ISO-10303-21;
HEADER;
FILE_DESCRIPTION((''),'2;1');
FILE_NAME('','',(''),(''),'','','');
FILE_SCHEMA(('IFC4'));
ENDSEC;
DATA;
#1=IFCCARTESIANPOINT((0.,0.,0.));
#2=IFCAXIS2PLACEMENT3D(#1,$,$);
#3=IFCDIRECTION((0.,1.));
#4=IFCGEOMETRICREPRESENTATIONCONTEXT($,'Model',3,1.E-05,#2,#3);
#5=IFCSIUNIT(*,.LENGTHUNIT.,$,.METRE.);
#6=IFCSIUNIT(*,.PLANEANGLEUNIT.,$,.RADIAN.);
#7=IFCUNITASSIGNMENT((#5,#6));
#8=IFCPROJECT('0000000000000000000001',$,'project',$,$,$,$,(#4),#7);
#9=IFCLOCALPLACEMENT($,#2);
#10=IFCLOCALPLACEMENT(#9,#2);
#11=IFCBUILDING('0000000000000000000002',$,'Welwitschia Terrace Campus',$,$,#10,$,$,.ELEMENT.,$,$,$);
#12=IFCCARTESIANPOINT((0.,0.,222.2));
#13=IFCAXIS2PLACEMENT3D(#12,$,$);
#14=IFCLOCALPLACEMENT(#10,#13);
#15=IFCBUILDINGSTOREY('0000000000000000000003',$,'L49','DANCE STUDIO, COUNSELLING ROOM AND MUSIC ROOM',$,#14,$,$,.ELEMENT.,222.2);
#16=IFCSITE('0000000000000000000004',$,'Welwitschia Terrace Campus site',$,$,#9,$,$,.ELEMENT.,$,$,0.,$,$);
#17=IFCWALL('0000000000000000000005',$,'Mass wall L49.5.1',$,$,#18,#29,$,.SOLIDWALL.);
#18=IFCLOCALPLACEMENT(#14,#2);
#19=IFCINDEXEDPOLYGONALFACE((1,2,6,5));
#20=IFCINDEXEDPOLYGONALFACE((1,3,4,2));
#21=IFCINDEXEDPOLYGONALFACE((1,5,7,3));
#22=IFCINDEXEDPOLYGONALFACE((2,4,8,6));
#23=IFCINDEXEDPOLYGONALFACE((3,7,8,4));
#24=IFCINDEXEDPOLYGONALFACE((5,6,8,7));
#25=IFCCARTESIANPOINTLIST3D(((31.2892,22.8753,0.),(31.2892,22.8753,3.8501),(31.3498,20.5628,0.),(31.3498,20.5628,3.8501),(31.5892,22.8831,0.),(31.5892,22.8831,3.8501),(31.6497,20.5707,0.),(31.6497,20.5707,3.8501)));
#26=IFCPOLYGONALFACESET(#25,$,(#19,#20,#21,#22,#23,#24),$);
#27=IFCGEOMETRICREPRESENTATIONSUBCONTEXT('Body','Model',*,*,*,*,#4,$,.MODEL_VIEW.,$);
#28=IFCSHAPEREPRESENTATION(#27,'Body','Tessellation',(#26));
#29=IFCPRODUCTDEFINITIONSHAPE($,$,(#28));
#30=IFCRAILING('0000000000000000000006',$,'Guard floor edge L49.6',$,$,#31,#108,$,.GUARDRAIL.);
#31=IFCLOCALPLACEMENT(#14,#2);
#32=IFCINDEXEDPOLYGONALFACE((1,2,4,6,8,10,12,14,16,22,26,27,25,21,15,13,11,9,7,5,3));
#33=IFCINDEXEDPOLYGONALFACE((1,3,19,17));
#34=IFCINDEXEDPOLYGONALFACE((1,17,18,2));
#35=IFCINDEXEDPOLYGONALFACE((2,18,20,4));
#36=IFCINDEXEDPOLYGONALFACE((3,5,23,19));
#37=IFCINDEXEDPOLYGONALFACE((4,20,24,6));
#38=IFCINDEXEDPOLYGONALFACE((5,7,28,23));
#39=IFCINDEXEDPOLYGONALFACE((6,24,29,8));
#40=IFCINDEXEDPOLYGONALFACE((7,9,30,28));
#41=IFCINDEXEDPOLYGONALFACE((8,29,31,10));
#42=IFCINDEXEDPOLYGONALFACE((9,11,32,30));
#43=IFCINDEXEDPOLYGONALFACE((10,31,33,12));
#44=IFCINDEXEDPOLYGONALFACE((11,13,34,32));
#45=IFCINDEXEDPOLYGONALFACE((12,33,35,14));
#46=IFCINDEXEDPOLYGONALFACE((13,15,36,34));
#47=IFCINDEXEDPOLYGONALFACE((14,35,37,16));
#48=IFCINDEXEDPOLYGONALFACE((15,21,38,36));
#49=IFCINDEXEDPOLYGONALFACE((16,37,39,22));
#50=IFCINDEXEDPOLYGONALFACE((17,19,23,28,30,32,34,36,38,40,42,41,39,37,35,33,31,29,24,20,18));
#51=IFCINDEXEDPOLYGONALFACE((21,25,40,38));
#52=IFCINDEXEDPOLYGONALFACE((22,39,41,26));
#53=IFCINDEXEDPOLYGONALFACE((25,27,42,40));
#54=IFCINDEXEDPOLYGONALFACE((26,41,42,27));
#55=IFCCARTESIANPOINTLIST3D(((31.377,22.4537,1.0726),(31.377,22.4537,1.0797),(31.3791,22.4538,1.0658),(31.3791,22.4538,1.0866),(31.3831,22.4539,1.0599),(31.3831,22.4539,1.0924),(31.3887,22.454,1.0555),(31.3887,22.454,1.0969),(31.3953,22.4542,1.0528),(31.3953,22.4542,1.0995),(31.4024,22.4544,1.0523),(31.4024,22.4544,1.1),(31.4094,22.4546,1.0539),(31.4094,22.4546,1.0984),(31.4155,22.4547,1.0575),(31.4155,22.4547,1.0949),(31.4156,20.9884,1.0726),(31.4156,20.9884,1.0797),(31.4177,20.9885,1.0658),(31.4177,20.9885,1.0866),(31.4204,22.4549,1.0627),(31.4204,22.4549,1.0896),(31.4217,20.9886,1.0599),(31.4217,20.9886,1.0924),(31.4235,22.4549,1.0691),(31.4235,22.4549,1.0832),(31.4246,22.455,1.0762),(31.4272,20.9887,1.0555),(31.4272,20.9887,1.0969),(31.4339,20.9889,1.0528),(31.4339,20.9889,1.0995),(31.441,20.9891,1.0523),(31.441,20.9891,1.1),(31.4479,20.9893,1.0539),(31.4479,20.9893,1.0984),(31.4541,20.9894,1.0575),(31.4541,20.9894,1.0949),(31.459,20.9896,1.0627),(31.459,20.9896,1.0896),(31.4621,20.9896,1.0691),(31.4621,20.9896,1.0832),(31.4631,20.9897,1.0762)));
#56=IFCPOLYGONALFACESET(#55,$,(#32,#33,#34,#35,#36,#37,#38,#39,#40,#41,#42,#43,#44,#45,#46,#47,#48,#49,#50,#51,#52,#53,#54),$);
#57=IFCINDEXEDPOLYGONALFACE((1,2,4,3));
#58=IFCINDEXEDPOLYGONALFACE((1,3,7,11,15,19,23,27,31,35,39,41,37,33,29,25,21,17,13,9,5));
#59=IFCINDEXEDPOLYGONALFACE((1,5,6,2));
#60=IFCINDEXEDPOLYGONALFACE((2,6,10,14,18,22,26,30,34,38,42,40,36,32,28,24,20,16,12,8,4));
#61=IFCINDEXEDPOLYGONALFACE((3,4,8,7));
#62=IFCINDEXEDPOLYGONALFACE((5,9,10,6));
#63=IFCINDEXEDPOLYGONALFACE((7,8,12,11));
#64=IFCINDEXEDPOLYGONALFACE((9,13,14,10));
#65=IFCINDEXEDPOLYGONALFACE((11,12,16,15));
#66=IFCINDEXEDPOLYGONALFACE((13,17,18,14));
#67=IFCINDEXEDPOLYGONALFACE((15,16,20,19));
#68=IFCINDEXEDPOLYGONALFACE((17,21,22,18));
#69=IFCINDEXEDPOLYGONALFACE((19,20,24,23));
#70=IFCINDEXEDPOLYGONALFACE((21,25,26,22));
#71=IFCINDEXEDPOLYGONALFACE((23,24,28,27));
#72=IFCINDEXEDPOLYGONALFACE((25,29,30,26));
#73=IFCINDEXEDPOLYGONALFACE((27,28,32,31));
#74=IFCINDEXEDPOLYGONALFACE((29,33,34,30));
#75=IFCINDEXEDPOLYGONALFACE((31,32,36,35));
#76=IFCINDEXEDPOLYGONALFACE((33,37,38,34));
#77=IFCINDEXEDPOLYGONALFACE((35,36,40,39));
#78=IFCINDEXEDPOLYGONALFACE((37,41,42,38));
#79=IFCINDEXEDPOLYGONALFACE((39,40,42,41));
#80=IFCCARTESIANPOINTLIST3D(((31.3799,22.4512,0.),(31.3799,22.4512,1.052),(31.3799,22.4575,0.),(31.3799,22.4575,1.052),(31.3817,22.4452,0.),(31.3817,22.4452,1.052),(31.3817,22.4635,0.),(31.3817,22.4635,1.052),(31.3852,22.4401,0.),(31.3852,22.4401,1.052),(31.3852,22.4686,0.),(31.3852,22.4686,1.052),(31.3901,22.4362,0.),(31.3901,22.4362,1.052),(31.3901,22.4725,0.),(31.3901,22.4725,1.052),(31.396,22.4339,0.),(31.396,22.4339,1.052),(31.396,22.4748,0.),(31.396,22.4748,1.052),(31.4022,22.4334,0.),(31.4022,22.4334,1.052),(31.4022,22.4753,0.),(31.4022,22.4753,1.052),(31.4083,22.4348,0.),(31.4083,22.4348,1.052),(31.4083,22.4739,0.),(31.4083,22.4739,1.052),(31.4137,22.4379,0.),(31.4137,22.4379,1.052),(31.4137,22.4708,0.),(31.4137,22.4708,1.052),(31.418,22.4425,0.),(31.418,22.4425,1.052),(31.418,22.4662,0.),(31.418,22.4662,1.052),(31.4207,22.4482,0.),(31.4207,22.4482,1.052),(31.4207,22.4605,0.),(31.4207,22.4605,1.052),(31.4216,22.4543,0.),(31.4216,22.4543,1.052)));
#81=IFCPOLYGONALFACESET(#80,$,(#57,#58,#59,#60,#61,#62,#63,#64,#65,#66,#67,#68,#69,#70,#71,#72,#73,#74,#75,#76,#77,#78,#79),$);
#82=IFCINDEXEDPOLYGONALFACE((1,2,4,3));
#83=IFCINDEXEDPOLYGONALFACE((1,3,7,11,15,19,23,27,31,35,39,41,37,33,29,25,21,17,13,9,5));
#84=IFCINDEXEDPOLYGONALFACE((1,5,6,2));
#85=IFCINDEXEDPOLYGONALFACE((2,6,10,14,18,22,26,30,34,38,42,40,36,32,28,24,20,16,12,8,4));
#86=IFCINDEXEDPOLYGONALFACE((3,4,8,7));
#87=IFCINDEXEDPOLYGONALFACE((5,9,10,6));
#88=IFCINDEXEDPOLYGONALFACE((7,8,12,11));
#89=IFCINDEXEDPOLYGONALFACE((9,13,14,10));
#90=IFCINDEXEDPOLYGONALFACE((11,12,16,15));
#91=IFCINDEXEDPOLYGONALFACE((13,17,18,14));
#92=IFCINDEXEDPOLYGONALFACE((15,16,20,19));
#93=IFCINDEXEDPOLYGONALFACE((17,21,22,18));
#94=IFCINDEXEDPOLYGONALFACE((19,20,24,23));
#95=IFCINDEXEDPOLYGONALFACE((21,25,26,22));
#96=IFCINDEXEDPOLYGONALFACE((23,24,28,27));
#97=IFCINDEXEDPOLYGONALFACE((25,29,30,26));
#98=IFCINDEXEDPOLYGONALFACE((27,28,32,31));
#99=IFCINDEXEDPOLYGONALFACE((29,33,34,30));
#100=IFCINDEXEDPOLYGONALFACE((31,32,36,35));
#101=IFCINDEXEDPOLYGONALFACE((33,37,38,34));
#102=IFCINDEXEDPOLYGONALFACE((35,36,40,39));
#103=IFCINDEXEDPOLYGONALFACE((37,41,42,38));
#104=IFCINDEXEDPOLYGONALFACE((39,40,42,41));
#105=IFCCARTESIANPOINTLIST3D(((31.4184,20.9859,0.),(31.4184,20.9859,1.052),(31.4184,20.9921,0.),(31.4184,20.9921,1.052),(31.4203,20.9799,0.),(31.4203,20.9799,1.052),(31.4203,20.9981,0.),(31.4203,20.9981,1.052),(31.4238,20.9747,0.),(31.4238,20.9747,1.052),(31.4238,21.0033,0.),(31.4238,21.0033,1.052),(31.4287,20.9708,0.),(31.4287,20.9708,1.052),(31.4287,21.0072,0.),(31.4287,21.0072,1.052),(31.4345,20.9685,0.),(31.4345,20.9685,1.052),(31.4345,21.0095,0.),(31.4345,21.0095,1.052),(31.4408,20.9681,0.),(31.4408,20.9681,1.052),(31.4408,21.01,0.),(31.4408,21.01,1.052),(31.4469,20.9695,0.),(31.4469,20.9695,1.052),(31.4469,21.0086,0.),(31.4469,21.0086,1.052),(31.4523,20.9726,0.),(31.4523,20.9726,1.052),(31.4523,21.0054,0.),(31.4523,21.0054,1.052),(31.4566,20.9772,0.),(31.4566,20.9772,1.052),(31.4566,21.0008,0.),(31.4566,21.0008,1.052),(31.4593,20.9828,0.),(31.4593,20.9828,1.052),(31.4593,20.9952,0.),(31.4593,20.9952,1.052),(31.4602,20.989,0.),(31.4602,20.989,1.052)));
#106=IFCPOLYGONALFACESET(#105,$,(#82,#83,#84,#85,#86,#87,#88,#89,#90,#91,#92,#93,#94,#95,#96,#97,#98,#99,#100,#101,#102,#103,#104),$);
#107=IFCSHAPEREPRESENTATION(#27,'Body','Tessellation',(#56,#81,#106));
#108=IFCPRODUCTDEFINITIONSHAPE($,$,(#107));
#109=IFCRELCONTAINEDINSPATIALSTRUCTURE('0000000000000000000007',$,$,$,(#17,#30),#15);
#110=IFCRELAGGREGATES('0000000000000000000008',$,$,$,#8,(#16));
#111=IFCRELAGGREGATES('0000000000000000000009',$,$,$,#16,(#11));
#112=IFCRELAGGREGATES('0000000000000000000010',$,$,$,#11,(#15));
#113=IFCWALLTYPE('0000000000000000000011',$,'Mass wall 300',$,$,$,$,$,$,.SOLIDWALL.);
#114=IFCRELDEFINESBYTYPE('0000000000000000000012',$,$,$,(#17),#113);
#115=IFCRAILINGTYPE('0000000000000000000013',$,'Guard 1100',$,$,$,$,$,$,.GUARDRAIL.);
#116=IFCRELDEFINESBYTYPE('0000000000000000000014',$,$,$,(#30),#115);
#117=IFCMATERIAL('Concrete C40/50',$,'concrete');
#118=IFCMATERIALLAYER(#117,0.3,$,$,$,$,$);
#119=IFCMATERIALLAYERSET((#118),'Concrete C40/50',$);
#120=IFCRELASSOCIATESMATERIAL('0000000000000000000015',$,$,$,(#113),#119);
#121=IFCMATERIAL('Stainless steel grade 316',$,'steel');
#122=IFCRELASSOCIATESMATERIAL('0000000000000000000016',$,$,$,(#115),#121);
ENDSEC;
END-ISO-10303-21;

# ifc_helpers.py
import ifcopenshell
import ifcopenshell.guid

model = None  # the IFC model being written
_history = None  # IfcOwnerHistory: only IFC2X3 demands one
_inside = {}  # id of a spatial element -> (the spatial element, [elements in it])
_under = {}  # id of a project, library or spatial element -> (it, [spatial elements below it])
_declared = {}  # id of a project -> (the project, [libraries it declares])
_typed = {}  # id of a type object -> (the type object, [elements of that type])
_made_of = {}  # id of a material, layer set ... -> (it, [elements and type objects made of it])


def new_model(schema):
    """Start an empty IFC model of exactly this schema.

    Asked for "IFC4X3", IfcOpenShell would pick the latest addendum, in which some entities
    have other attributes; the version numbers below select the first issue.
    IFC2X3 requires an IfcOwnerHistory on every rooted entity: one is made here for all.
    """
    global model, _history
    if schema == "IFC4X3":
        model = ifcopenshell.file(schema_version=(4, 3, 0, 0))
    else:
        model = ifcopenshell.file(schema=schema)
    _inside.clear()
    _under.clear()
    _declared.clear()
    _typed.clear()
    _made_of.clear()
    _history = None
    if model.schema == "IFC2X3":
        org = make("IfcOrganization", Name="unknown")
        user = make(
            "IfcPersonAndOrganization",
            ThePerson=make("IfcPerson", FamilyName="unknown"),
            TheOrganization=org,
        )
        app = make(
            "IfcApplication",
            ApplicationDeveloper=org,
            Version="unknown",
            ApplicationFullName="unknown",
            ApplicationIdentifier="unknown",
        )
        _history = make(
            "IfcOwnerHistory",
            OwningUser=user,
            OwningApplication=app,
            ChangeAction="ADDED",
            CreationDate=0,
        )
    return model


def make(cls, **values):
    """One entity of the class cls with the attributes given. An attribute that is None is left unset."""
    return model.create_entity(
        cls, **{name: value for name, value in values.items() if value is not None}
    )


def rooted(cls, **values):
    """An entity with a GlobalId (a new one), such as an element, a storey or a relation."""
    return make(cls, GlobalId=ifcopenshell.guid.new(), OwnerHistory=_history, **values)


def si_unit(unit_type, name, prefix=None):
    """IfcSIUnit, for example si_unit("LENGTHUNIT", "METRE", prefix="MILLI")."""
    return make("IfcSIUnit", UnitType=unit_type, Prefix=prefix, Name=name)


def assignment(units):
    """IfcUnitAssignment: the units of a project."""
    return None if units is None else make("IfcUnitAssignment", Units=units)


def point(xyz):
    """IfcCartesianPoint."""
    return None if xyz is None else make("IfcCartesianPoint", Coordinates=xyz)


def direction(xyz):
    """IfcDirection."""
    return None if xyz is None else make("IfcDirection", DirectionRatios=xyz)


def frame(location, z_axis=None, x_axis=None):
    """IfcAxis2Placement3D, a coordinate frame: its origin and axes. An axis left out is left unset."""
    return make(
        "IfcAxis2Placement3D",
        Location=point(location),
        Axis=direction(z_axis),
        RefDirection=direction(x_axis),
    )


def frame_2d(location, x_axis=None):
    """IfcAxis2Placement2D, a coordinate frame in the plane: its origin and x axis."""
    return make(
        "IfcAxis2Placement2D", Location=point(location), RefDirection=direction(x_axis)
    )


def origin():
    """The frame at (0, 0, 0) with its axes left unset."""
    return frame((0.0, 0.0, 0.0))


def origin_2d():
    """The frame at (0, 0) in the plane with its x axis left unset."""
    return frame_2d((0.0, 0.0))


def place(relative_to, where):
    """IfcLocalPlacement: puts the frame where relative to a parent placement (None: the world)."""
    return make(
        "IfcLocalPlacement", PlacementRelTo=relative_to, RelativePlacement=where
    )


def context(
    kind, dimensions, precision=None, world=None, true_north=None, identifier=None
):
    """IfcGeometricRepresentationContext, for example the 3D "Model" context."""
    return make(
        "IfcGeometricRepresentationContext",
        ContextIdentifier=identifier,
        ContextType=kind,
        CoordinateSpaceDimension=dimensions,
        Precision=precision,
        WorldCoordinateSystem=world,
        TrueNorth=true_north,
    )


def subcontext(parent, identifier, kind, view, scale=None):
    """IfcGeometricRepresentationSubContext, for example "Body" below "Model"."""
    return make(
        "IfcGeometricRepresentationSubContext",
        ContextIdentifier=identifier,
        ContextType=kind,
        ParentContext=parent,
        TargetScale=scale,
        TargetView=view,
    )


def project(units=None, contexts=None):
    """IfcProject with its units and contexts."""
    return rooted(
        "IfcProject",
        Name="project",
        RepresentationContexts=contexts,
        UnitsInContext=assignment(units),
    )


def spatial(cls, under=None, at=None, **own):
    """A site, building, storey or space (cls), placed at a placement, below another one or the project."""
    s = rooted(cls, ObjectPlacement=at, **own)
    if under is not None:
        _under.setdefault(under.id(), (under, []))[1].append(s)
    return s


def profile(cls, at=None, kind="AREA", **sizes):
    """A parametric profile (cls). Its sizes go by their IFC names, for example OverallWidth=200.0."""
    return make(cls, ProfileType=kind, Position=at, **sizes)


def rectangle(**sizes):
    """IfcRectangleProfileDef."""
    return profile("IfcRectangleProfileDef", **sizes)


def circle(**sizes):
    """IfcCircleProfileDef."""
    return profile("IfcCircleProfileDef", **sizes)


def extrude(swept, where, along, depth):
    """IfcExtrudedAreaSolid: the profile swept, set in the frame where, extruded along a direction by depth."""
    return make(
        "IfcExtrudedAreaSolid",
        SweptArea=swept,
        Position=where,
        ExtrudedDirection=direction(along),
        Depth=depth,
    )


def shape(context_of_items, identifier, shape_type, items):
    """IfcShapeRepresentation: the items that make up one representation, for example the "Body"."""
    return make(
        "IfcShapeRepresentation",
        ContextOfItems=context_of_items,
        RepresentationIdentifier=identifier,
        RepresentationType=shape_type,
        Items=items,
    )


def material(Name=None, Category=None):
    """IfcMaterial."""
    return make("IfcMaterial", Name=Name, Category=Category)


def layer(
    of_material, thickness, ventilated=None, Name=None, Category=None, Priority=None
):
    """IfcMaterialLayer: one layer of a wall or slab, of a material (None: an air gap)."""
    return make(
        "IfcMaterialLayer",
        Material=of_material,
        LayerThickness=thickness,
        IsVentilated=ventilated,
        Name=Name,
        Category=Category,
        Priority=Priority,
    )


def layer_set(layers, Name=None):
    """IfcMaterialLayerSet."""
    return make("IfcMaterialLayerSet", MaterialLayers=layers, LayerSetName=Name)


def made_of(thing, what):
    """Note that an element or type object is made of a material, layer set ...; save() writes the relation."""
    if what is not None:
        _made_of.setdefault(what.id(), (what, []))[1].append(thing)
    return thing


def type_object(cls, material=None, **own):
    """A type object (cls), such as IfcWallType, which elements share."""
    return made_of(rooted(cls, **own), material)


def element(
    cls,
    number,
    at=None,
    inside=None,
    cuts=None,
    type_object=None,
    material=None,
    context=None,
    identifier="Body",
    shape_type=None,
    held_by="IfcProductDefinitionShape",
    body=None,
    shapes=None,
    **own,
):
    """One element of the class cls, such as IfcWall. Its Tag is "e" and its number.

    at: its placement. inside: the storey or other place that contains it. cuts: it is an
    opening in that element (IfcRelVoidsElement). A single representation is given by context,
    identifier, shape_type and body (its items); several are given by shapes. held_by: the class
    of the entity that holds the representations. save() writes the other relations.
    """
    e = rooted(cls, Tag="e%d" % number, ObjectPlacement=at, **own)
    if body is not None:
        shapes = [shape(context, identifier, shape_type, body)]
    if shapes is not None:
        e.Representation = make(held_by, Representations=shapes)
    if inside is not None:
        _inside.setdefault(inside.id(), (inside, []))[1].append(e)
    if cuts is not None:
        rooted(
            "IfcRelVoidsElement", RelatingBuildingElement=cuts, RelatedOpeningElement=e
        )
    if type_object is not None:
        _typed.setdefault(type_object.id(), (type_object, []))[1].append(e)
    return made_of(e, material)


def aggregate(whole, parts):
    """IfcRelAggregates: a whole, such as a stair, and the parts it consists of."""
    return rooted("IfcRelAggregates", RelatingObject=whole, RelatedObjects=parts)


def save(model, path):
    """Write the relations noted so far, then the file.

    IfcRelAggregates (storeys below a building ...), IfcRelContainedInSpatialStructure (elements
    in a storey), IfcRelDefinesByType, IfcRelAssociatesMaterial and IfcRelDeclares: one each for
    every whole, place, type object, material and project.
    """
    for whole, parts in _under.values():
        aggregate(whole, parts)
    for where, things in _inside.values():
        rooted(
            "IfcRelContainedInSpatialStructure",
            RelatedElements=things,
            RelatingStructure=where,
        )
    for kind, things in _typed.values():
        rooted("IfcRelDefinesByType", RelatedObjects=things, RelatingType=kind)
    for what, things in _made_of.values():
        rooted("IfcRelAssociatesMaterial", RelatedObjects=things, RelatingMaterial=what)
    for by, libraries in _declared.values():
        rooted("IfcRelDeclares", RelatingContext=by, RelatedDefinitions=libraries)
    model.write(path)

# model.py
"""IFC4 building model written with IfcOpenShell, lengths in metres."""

from ifc_helpers import new_model, si_unit, direction, frame, frame_2d, origin, origin_2d, place, context, subcontext, project, spatial, rectangle, circle, extrude, material, layer, layer_set, type_object, element, save


model = new_model("IFC4")

# Units and contexts
model_context = context("Model", 3, precision=1e-05, world=origin(), true_north=direction((0.0, 1.0)))
body_context = subcontext(model_context, "Body", "Model", "MODEL_VIEW")
ifc_project = project(units=[si_unit("LENGTHUNIT", "METRE"), si_unit("PLANEANGLEUNIT", "RADIAN")], contexts=[model_context])

# Site, building, storey
site_placement = place(None, origin())
site = spatial("IfcSite", under=ifc_project, at=site_placement, Name="Welwitschia Terrace Campus site", CompositionType="ELEMENT", RefElevation=0.0)
building_placement = place(site_placement, origin())
building = spatial("IfcBuilding", under=site, at=building_placement, Name="Welwitschia Terrace Campus", CompositionType="ELEMENT")
storey_placement = place(building_placement, frame((0.0, 0.0, 222.2)))
storey = spatial("IfcBuildingStorey", under=building, at=storey_placement, Name="L49", Description="DANCE STUDIO, COUNSELLING ROOM AND MUSIC ROOM", CompositionType="ELEMENT", Elevation=222.2)

# Wall
ifc_material_1 = material(Name="Concrete C40/50", Category="concrete")
ifc_layer_1 = layer(ifc_material_1, 0.3)
ifc_layer_set_1 = layer_set([ifc_layer_1], Name="Concrete C40/50")
wall_type_1 = type_object("IfcWallType", Name="Mass wall 300", PredefinedType="SOLIDWALL", material=ifc_layer_set_1)
wall_1_placement = place(storey_placement, frame((31.4998, 20.5667, 0.0), z_axis=(0.0, 0.0, 1.0), x_axis=(-0.026173, 0.999657, 0.0)))
element("IfcWall", 1, at=wall_1_placement, inside=storey, type_object=wall_type_1, Name="Mass wall L49.5.1", PredefinedType="SOLIDWALL", context=body_context, shape_type="SweptSolid", body=[
    extrude(rectangle(XDim=2.3132, YDim=0.3, at=frame_2d((1.1567, 0.0))), origin(), (0.0, 0.0, 1.0), 3.8501),
])

# Railing
ifc_material_2 = material(Name="Stainless steel grade 316", Category="steel")
railing_type = type_object("IfcRailingType", Name="Guard 1100", PredefinedType="GUARDRAIL", material=ifc_material_2)
railing_1_placement = place(storey_placement, frame((31.4006, 22.4543, 0.0)))
element("IfcRailing", 2, at=railing_1_placement, inside=storey, type_object=railing_type, Name="Guard floor edge L49.6", PredefinedType="GUARDRAIL", context=body_context, shape_type="SweptSolid", body=[
    extrude(circle(Radius=0.0239, at=origin_2d()), frame((0.0, 0.0, 1.0762), z_axis=(0.026315, -0.999654, 0.0), x_axis=(0.999654, 0.026315, 0.0)), (0.0, 0.0, 1.0), 1.4658),
    extrude(circle(Radius=0.021, at=origin_2d()), origin(), (0.0, 0.0, 1.0), 1.052),
    extrude(circle(Radius=0.021, at=origin_2d()), frame((0.0386, -1.4653, 0.0)), (0.0, 0.0, 1.0), 1.052),
])

save(model, "model.ifc")
